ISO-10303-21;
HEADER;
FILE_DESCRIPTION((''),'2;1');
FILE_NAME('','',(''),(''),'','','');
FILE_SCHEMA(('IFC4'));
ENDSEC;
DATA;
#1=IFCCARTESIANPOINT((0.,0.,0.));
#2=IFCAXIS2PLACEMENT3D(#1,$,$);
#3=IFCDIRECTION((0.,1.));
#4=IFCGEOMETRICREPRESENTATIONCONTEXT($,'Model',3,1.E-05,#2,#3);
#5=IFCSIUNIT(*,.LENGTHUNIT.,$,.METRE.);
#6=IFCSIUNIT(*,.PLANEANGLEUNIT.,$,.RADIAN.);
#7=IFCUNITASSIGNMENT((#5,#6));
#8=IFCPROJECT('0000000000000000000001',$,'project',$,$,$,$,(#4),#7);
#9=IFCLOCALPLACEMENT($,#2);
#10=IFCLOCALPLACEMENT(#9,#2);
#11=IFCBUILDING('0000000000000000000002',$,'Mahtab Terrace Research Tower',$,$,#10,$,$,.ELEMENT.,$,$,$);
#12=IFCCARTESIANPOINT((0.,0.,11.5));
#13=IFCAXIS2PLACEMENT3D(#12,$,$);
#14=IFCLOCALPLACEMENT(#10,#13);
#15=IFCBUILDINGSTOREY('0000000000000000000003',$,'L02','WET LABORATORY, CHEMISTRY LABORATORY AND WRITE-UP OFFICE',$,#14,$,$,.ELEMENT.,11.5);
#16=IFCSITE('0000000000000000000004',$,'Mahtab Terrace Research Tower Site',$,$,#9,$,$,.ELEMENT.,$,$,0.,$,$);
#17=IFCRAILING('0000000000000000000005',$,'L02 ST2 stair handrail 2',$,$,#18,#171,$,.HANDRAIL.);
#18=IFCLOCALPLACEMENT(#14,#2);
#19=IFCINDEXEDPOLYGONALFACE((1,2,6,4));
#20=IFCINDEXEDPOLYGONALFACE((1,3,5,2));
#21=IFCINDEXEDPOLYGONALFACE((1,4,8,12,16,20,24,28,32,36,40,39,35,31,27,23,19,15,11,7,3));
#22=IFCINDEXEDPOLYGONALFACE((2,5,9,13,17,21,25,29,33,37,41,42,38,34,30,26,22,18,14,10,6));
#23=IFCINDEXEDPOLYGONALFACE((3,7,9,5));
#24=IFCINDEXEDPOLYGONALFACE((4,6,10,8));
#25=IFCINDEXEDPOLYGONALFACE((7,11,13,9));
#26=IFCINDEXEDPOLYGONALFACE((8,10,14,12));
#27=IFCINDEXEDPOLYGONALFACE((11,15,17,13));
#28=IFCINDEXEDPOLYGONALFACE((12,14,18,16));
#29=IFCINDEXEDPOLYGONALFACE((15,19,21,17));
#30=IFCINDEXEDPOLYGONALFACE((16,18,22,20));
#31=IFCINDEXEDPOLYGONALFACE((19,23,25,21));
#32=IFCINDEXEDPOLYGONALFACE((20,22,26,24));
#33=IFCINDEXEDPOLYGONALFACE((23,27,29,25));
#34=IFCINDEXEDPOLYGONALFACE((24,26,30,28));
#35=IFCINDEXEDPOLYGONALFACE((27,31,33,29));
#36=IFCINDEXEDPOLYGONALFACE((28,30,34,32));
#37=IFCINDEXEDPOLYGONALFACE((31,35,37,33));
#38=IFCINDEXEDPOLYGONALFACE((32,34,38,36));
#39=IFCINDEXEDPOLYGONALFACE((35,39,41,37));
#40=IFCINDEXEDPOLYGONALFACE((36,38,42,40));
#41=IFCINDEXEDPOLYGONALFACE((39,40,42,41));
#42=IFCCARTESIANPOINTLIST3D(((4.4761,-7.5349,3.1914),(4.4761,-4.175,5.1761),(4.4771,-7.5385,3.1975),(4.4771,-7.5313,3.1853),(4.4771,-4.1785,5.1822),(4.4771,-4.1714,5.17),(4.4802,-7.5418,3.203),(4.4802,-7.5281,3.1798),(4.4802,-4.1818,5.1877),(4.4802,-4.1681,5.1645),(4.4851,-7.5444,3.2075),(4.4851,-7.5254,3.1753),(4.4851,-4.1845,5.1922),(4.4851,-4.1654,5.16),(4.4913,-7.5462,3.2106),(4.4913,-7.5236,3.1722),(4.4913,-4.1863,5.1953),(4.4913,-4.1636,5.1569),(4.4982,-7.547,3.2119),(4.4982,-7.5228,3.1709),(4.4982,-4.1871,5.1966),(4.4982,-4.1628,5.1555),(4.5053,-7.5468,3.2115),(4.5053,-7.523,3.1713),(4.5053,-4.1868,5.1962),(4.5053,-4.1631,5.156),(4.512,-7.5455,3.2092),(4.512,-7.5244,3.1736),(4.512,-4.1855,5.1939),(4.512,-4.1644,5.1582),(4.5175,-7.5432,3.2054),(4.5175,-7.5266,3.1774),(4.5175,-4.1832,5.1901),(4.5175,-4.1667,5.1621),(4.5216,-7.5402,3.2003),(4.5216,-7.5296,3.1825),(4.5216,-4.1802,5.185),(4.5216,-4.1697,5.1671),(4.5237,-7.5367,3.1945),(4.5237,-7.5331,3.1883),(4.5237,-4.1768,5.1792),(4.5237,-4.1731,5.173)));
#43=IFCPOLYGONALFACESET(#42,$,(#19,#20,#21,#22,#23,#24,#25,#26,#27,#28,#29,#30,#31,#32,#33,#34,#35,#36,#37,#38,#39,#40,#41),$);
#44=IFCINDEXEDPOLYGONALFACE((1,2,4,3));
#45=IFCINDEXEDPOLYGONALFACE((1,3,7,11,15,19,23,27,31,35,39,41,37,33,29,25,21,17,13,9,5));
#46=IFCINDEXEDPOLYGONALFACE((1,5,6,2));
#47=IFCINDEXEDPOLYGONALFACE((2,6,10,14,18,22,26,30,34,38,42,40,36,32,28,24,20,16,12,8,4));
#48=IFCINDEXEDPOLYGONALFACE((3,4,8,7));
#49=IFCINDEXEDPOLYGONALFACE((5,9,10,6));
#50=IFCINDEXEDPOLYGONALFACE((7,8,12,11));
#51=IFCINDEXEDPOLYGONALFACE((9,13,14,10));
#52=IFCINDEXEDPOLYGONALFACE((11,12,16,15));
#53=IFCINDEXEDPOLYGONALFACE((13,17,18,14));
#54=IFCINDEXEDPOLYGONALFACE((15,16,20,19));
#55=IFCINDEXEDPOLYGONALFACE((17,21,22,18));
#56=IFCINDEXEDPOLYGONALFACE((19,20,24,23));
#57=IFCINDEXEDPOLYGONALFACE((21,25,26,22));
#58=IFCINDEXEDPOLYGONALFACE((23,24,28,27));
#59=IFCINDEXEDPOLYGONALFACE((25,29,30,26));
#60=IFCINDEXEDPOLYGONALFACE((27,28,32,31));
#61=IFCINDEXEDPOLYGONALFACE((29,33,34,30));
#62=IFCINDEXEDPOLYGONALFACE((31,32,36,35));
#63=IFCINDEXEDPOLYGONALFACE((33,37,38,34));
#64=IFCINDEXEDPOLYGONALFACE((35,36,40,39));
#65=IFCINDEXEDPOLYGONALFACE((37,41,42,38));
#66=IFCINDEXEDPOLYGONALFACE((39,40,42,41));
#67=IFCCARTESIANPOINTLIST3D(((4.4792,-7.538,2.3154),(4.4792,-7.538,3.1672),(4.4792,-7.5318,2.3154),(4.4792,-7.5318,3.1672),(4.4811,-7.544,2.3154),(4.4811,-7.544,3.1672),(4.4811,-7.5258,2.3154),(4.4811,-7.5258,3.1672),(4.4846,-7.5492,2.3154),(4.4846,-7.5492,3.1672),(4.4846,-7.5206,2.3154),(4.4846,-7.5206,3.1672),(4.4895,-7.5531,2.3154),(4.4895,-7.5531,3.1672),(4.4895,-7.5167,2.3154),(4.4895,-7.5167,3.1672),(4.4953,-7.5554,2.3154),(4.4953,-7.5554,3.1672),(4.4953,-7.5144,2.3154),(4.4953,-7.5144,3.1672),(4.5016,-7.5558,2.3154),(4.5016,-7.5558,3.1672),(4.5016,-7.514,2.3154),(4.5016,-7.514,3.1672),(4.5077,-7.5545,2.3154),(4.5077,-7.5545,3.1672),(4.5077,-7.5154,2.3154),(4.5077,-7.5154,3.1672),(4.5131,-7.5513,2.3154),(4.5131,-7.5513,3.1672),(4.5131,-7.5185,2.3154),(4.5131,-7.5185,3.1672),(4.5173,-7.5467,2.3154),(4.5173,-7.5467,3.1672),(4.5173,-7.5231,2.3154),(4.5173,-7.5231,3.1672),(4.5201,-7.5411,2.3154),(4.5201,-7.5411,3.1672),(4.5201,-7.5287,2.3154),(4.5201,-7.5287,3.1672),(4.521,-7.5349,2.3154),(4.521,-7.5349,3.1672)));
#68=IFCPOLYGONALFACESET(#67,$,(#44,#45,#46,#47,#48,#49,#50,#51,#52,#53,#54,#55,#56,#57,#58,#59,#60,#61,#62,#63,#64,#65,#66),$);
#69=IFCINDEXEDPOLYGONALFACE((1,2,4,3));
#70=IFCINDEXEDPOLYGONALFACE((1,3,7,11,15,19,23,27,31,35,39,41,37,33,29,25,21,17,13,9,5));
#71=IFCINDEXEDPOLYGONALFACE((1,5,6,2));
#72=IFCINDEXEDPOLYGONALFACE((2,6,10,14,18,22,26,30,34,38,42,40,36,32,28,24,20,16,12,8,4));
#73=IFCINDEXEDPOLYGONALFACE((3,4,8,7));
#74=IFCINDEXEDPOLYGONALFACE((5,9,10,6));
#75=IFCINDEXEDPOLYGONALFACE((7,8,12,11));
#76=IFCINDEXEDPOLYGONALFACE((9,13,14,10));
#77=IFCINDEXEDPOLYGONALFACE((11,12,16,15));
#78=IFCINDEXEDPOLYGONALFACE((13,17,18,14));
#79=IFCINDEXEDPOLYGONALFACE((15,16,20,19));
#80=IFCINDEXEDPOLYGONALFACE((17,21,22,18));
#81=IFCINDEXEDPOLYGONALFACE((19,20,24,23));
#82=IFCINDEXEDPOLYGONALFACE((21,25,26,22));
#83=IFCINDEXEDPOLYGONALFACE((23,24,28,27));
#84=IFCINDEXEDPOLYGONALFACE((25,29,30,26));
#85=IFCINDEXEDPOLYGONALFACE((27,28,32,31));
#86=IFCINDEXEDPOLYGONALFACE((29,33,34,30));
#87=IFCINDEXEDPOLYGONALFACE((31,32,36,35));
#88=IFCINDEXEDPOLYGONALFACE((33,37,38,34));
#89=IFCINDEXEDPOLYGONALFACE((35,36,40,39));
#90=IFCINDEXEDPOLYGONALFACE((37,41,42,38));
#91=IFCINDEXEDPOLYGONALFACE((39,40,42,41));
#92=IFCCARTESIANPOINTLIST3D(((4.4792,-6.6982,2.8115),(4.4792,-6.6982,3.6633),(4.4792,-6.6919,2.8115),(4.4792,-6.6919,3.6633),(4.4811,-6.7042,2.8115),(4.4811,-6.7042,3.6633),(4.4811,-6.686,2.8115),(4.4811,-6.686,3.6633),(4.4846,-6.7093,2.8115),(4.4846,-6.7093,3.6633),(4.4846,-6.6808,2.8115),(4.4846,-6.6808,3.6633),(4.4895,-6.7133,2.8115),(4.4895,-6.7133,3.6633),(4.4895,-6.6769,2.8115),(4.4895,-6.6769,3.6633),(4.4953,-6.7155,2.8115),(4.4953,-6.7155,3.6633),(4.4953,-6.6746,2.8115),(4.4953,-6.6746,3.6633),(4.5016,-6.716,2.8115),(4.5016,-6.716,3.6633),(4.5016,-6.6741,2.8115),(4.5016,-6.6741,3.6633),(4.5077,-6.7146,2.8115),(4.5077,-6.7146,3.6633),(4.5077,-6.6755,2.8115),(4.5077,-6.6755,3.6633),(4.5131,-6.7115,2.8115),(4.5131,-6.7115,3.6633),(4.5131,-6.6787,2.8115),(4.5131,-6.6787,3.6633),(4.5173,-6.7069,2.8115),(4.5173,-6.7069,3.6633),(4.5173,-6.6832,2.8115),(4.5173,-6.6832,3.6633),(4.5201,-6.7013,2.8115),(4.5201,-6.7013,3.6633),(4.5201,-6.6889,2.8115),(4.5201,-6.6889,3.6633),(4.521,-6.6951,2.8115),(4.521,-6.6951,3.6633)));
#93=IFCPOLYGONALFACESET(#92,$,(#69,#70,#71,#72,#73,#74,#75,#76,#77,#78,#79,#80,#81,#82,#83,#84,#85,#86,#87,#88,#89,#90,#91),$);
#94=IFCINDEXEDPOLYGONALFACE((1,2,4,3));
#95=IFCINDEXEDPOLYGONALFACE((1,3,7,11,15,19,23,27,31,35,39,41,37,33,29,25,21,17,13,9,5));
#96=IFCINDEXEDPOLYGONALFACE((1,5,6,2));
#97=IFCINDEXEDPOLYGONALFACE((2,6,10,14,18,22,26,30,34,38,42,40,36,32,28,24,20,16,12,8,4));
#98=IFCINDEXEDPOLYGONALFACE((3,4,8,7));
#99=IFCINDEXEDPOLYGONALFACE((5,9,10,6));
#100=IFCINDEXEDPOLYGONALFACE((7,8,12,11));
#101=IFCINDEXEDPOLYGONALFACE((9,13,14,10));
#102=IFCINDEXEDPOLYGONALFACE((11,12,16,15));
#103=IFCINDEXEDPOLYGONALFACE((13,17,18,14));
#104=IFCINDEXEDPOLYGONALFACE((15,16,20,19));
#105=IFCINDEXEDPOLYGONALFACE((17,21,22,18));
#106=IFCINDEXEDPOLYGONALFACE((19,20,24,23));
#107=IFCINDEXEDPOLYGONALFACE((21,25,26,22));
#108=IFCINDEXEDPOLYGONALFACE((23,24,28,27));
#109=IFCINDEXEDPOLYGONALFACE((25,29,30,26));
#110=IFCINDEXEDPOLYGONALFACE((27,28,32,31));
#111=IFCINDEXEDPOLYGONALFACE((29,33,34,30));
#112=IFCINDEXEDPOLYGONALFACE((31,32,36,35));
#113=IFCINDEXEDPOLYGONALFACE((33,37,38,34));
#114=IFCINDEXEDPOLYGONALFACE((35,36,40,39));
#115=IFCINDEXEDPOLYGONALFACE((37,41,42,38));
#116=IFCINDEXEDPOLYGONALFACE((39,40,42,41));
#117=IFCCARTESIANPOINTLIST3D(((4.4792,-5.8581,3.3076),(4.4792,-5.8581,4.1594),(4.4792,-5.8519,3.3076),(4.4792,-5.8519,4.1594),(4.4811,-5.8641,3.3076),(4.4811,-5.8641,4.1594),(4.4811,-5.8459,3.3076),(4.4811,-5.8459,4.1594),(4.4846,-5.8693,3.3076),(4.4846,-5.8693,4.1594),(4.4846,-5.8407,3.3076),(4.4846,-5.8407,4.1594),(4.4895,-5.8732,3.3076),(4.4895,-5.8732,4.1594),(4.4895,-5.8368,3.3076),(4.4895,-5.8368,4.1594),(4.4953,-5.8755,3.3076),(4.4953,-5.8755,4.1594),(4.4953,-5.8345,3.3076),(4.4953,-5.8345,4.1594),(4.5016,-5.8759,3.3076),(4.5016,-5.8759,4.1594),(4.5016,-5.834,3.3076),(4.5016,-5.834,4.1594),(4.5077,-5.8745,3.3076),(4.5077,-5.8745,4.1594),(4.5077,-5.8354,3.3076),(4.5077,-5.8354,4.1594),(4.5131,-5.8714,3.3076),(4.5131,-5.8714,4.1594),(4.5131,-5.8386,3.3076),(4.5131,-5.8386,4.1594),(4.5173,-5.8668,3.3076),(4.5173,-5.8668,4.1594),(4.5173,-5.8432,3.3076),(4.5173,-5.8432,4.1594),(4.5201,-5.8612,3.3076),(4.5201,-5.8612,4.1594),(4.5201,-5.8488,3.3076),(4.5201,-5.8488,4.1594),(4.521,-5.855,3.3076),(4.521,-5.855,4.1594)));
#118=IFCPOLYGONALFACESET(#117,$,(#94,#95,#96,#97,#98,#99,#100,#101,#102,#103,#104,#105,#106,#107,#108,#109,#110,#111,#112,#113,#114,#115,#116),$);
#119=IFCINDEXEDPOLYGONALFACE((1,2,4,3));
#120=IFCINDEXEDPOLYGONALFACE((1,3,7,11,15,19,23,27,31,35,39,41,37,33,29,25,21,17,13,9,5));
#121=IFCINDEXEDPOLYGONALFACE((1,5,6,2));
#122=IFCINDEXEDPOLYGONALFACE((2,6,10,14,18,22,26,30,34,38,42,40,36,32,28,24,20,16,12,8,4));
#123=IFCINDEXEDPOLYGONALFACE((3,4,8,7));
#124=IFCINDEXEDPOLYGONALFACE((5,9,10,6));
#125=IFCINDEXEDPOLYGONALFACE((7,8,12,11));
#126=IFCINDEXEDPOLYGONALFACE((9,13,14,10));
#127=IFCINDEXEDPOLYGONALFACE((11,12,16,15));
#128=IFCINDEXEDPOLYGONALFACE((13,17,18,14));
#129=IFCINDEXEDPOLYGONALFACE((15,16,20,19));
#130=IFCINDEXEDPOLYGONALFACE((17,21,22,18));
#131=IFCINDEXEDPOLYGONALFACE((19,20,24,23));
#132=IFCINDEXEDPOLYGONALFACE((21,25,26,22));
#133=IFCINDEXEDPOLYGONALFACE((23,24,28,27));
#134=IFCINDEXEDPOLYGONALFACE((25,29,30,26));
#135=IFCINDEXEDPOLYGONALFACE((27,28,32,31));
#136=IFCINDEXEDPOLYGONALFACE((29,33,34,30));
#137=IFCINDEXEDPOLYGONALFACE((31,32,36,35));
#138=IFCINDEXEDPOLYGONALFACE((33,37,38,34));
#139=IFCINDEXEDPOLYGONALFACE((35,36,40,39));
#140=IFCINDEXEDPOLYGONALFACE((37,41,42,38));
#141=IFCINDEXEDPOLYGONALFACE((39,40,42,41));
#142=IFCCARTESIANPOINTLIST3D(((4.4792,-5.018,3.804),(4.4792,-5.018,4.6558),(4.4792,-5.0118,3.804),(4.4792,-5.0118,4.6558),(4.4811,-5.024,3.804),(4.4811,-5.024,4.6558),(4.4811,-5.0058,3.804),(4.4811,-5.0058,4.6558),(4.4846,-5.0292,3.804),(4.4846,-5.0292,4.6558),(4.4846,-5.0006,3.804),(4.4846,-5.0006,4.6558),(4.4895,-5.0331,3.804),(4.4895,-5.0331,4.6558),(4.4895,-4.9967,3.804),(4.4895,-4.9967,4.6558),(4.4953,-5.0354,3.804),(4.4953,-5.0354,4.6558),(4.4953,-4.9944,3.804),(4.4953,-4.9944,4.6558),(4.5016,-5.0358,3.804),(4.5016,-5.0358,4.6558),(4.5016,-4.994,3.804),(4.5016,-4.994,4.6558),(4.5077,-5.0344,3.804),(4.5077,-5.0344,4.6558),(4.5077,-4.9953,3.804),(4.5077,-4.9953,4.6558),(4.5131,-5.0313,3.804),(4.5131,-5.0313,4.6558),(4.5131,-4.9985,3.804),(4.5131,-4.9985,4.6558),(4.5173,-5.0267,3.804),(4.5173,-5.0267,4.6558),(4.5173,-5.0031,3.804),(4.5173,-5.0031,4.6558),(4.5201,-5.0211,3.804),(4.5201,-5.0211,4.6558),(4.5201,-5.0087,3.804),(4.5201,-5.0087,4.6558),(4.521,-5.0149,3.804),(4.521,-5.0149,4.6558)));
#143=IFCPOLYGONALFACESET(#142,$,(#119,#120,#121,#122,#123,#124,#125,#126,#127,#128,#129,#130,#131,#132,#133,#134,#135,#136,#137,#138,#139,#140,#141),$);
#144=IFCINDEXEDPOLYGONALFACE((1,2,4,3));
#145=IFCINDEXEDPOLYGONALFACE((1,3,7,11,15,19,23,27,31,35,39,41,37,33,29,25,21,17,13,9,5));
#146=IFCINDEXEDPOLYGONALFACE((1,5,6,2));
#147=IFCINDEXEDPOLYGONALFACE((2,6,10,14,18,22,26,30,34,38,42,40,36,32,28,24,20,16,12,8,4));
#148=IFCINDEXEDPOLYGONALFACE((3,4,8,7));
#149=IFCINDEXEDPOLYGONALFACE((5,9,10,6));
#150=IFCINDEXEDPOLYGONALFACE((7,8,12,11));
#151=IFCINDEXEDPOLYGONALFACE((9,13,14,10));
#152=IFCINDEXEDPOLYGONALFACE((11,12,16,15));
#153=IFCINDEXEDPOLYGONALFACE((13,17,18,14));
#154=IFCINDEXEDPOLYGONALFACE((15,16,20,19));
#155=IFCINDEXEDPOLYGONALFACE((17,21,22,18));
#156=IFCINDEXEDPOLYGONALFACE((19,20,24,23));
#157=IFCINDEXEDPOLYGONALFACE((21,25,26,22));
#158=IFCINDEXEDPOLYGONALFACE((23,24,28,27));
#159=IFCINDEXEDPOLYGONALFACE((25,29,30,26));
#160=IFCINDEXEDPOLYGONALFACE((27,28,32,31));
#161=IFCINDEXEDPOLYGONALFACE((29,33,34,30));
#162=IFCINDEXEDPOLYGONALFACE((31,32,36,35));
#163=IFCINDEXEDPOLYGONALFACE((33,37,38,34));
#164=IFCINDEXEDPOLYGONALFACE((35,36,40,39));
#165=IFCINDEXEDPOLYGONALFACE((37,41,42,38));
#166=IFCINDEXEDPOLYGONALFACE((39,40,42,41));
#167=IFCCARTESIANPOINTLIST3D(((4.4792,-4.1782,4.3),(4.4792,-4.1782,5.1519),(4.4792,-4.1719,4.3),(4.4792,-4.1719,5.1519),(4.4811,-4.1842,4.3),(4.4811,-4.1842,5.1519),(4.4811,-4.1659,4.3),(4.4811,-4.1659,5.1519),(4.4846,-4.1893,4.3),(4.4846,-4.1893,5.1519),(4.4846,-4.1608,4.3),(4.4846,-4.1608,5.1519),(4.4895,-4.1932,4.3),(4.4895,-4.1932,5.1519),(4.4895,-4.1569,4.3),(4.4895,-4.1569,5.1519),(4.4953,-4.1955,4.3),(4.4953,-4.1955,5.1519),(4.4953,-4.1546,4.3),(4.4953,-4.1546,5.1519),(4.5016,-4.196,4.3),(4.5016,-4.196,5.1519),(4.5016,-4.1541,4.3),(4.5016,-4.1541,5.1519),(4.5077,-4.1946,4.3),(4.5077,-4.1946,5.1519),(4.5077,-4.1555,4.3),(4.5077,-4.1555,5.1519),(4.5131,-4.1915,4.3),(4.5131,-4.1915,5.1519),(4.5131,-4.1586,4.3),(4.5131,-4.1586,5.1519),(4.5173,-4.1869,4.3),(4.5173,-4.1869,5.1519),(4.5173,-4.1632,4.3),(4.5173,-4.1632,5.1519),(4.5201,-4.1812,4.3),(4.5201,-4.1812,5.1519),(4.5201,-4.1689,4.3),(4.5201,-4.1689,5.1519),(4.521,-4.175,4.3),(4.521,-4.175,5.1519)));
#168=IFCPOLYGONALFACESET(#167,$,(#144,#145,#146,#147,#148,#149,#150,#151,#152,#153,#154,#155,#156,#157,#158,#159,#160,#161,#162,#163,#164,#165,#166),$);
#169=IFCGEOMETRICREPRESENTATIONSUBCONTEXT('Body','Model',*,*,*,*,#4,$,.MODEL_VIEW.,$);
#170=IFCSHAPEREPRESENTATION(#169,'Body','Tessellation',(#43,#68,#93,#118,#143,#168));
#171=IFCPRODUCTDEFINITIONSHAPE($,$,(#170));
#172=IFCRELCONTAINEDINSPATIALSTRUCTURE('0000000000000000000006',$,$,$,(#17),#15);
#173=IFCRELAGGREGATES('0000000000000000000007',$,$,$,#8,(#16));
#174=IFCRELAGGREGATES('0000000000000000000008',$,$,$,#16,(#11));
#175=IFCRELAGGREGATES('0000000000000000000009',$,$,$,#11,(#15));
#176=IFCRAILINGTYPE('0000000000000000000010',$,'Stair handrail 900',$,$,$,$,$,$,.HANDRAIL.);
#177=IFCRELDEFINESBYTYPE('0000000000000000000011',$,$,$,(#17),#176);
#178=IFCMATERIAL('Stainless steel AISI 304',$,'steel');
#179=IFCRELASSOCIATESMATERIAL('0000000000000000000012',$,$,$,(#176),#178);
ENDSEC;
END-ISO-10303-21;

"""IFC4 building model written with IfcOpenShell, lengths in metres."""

from ifc_helpers import new_model, si_unit, direction, frame, origin, origin_2d, place, context, subcontext, project, spatial, circle, extrude, material, type_object, element, save


model = new_model("IFC4")

# Units and contexts
model_context = context("Model", 3, precision=1e-05, world=origin(), true_north=direction((0.0, 1.0)))
body_context = subcontext(model_context, "Body", "Model", "MODEL_VIEW")
ifc_project = project(units=[si_unit("LENGTHUNIT", "METRE"), si_unit("PLANEANGLEUNIT", "RADIAN")], contexts=[model_context])

# Site, building, storey
site_placement = place(None, origin())
site = spatial("IfcSite", under=ifc_project, at=site_placement, Name="Mahtab Terrace Research Tower Site", CompositionType="ELEMENT", RefElevation=0.0)
building_placement = place(site_placement, origin())
building = spatial("IfcBuilding", under=site, at=building_placement, Name="Mahtab Terrace Research Tower", CompositionType="ELEMENT")
storey_placement = place(building_placement, frame((0.0, 0.0, 11.5)))
storey = spatial("IfcBuildingStorey", under=building, at=storey_placement, Name="L02", Description="WET LABORATORY, CHEMISTRY LABORATORY AND WRITE-UP OFFICE", CompositionType="ELEMENT", Elevation=11.5)

# Railing
ifc_material_1 = material(Name="Stainless steel AISI 304", Category="steel")
railing_type_1 = type_object("IfcRailingType", Name="Stair handrail 900", PredefinedType="HANDRAIL", material=ifc_material_1)
railing_1_placement = place(storey_placement, frame((4.5, -7.5349, 2.3154)))
element("IfcRailing", 1, at=railing_1_placement, inside=storey, type_object=railing_type_1, Name="L02 ST2 stair handrail 2", PredefinedType="HANDRAIL", context=body_context, shape_type="SweptSolid", body=[
    extrude(circle(Radius=0.0239, at=origin_2d()), frame((0.0, 0.0, 0.876), z_axis=(0.0, 0.861011, 0.508586), x_axis=(-1.0, 0.0, 0.0)), (0.0, 0.0, 1.0), 3.9023),
    extrude(circle(Radius=0.021, at=origin_2d()), origin(), (0.0, 0.0, 1.0), 0.8518),
    extrude(circle(Radius=0.021, at=origin_2d()), frame((0.0, 0.8398, 0.4961)), (0.0, 0.0, 1.0), 0.8518),
    extrude(circle(Radius=0.021, at=origin_2d()), frame((0.0, 1.6799, 0.9922)), (0.0, 0.0, 1.0), 0.8518),
    extrude(circle(Radius=0.021, at=origin_2d()), frame((0.0, 2.52, 1.4885)), (0.0, 0.0, 1.0), 0.8518),
    extrude(circle(Radius=0.021, at=origin_2d()), frame((0.0, 3.3599, 1.9846)), (0.0, 0.0, 1.0), 0.8518),
])

save(model, "model.ifc")
